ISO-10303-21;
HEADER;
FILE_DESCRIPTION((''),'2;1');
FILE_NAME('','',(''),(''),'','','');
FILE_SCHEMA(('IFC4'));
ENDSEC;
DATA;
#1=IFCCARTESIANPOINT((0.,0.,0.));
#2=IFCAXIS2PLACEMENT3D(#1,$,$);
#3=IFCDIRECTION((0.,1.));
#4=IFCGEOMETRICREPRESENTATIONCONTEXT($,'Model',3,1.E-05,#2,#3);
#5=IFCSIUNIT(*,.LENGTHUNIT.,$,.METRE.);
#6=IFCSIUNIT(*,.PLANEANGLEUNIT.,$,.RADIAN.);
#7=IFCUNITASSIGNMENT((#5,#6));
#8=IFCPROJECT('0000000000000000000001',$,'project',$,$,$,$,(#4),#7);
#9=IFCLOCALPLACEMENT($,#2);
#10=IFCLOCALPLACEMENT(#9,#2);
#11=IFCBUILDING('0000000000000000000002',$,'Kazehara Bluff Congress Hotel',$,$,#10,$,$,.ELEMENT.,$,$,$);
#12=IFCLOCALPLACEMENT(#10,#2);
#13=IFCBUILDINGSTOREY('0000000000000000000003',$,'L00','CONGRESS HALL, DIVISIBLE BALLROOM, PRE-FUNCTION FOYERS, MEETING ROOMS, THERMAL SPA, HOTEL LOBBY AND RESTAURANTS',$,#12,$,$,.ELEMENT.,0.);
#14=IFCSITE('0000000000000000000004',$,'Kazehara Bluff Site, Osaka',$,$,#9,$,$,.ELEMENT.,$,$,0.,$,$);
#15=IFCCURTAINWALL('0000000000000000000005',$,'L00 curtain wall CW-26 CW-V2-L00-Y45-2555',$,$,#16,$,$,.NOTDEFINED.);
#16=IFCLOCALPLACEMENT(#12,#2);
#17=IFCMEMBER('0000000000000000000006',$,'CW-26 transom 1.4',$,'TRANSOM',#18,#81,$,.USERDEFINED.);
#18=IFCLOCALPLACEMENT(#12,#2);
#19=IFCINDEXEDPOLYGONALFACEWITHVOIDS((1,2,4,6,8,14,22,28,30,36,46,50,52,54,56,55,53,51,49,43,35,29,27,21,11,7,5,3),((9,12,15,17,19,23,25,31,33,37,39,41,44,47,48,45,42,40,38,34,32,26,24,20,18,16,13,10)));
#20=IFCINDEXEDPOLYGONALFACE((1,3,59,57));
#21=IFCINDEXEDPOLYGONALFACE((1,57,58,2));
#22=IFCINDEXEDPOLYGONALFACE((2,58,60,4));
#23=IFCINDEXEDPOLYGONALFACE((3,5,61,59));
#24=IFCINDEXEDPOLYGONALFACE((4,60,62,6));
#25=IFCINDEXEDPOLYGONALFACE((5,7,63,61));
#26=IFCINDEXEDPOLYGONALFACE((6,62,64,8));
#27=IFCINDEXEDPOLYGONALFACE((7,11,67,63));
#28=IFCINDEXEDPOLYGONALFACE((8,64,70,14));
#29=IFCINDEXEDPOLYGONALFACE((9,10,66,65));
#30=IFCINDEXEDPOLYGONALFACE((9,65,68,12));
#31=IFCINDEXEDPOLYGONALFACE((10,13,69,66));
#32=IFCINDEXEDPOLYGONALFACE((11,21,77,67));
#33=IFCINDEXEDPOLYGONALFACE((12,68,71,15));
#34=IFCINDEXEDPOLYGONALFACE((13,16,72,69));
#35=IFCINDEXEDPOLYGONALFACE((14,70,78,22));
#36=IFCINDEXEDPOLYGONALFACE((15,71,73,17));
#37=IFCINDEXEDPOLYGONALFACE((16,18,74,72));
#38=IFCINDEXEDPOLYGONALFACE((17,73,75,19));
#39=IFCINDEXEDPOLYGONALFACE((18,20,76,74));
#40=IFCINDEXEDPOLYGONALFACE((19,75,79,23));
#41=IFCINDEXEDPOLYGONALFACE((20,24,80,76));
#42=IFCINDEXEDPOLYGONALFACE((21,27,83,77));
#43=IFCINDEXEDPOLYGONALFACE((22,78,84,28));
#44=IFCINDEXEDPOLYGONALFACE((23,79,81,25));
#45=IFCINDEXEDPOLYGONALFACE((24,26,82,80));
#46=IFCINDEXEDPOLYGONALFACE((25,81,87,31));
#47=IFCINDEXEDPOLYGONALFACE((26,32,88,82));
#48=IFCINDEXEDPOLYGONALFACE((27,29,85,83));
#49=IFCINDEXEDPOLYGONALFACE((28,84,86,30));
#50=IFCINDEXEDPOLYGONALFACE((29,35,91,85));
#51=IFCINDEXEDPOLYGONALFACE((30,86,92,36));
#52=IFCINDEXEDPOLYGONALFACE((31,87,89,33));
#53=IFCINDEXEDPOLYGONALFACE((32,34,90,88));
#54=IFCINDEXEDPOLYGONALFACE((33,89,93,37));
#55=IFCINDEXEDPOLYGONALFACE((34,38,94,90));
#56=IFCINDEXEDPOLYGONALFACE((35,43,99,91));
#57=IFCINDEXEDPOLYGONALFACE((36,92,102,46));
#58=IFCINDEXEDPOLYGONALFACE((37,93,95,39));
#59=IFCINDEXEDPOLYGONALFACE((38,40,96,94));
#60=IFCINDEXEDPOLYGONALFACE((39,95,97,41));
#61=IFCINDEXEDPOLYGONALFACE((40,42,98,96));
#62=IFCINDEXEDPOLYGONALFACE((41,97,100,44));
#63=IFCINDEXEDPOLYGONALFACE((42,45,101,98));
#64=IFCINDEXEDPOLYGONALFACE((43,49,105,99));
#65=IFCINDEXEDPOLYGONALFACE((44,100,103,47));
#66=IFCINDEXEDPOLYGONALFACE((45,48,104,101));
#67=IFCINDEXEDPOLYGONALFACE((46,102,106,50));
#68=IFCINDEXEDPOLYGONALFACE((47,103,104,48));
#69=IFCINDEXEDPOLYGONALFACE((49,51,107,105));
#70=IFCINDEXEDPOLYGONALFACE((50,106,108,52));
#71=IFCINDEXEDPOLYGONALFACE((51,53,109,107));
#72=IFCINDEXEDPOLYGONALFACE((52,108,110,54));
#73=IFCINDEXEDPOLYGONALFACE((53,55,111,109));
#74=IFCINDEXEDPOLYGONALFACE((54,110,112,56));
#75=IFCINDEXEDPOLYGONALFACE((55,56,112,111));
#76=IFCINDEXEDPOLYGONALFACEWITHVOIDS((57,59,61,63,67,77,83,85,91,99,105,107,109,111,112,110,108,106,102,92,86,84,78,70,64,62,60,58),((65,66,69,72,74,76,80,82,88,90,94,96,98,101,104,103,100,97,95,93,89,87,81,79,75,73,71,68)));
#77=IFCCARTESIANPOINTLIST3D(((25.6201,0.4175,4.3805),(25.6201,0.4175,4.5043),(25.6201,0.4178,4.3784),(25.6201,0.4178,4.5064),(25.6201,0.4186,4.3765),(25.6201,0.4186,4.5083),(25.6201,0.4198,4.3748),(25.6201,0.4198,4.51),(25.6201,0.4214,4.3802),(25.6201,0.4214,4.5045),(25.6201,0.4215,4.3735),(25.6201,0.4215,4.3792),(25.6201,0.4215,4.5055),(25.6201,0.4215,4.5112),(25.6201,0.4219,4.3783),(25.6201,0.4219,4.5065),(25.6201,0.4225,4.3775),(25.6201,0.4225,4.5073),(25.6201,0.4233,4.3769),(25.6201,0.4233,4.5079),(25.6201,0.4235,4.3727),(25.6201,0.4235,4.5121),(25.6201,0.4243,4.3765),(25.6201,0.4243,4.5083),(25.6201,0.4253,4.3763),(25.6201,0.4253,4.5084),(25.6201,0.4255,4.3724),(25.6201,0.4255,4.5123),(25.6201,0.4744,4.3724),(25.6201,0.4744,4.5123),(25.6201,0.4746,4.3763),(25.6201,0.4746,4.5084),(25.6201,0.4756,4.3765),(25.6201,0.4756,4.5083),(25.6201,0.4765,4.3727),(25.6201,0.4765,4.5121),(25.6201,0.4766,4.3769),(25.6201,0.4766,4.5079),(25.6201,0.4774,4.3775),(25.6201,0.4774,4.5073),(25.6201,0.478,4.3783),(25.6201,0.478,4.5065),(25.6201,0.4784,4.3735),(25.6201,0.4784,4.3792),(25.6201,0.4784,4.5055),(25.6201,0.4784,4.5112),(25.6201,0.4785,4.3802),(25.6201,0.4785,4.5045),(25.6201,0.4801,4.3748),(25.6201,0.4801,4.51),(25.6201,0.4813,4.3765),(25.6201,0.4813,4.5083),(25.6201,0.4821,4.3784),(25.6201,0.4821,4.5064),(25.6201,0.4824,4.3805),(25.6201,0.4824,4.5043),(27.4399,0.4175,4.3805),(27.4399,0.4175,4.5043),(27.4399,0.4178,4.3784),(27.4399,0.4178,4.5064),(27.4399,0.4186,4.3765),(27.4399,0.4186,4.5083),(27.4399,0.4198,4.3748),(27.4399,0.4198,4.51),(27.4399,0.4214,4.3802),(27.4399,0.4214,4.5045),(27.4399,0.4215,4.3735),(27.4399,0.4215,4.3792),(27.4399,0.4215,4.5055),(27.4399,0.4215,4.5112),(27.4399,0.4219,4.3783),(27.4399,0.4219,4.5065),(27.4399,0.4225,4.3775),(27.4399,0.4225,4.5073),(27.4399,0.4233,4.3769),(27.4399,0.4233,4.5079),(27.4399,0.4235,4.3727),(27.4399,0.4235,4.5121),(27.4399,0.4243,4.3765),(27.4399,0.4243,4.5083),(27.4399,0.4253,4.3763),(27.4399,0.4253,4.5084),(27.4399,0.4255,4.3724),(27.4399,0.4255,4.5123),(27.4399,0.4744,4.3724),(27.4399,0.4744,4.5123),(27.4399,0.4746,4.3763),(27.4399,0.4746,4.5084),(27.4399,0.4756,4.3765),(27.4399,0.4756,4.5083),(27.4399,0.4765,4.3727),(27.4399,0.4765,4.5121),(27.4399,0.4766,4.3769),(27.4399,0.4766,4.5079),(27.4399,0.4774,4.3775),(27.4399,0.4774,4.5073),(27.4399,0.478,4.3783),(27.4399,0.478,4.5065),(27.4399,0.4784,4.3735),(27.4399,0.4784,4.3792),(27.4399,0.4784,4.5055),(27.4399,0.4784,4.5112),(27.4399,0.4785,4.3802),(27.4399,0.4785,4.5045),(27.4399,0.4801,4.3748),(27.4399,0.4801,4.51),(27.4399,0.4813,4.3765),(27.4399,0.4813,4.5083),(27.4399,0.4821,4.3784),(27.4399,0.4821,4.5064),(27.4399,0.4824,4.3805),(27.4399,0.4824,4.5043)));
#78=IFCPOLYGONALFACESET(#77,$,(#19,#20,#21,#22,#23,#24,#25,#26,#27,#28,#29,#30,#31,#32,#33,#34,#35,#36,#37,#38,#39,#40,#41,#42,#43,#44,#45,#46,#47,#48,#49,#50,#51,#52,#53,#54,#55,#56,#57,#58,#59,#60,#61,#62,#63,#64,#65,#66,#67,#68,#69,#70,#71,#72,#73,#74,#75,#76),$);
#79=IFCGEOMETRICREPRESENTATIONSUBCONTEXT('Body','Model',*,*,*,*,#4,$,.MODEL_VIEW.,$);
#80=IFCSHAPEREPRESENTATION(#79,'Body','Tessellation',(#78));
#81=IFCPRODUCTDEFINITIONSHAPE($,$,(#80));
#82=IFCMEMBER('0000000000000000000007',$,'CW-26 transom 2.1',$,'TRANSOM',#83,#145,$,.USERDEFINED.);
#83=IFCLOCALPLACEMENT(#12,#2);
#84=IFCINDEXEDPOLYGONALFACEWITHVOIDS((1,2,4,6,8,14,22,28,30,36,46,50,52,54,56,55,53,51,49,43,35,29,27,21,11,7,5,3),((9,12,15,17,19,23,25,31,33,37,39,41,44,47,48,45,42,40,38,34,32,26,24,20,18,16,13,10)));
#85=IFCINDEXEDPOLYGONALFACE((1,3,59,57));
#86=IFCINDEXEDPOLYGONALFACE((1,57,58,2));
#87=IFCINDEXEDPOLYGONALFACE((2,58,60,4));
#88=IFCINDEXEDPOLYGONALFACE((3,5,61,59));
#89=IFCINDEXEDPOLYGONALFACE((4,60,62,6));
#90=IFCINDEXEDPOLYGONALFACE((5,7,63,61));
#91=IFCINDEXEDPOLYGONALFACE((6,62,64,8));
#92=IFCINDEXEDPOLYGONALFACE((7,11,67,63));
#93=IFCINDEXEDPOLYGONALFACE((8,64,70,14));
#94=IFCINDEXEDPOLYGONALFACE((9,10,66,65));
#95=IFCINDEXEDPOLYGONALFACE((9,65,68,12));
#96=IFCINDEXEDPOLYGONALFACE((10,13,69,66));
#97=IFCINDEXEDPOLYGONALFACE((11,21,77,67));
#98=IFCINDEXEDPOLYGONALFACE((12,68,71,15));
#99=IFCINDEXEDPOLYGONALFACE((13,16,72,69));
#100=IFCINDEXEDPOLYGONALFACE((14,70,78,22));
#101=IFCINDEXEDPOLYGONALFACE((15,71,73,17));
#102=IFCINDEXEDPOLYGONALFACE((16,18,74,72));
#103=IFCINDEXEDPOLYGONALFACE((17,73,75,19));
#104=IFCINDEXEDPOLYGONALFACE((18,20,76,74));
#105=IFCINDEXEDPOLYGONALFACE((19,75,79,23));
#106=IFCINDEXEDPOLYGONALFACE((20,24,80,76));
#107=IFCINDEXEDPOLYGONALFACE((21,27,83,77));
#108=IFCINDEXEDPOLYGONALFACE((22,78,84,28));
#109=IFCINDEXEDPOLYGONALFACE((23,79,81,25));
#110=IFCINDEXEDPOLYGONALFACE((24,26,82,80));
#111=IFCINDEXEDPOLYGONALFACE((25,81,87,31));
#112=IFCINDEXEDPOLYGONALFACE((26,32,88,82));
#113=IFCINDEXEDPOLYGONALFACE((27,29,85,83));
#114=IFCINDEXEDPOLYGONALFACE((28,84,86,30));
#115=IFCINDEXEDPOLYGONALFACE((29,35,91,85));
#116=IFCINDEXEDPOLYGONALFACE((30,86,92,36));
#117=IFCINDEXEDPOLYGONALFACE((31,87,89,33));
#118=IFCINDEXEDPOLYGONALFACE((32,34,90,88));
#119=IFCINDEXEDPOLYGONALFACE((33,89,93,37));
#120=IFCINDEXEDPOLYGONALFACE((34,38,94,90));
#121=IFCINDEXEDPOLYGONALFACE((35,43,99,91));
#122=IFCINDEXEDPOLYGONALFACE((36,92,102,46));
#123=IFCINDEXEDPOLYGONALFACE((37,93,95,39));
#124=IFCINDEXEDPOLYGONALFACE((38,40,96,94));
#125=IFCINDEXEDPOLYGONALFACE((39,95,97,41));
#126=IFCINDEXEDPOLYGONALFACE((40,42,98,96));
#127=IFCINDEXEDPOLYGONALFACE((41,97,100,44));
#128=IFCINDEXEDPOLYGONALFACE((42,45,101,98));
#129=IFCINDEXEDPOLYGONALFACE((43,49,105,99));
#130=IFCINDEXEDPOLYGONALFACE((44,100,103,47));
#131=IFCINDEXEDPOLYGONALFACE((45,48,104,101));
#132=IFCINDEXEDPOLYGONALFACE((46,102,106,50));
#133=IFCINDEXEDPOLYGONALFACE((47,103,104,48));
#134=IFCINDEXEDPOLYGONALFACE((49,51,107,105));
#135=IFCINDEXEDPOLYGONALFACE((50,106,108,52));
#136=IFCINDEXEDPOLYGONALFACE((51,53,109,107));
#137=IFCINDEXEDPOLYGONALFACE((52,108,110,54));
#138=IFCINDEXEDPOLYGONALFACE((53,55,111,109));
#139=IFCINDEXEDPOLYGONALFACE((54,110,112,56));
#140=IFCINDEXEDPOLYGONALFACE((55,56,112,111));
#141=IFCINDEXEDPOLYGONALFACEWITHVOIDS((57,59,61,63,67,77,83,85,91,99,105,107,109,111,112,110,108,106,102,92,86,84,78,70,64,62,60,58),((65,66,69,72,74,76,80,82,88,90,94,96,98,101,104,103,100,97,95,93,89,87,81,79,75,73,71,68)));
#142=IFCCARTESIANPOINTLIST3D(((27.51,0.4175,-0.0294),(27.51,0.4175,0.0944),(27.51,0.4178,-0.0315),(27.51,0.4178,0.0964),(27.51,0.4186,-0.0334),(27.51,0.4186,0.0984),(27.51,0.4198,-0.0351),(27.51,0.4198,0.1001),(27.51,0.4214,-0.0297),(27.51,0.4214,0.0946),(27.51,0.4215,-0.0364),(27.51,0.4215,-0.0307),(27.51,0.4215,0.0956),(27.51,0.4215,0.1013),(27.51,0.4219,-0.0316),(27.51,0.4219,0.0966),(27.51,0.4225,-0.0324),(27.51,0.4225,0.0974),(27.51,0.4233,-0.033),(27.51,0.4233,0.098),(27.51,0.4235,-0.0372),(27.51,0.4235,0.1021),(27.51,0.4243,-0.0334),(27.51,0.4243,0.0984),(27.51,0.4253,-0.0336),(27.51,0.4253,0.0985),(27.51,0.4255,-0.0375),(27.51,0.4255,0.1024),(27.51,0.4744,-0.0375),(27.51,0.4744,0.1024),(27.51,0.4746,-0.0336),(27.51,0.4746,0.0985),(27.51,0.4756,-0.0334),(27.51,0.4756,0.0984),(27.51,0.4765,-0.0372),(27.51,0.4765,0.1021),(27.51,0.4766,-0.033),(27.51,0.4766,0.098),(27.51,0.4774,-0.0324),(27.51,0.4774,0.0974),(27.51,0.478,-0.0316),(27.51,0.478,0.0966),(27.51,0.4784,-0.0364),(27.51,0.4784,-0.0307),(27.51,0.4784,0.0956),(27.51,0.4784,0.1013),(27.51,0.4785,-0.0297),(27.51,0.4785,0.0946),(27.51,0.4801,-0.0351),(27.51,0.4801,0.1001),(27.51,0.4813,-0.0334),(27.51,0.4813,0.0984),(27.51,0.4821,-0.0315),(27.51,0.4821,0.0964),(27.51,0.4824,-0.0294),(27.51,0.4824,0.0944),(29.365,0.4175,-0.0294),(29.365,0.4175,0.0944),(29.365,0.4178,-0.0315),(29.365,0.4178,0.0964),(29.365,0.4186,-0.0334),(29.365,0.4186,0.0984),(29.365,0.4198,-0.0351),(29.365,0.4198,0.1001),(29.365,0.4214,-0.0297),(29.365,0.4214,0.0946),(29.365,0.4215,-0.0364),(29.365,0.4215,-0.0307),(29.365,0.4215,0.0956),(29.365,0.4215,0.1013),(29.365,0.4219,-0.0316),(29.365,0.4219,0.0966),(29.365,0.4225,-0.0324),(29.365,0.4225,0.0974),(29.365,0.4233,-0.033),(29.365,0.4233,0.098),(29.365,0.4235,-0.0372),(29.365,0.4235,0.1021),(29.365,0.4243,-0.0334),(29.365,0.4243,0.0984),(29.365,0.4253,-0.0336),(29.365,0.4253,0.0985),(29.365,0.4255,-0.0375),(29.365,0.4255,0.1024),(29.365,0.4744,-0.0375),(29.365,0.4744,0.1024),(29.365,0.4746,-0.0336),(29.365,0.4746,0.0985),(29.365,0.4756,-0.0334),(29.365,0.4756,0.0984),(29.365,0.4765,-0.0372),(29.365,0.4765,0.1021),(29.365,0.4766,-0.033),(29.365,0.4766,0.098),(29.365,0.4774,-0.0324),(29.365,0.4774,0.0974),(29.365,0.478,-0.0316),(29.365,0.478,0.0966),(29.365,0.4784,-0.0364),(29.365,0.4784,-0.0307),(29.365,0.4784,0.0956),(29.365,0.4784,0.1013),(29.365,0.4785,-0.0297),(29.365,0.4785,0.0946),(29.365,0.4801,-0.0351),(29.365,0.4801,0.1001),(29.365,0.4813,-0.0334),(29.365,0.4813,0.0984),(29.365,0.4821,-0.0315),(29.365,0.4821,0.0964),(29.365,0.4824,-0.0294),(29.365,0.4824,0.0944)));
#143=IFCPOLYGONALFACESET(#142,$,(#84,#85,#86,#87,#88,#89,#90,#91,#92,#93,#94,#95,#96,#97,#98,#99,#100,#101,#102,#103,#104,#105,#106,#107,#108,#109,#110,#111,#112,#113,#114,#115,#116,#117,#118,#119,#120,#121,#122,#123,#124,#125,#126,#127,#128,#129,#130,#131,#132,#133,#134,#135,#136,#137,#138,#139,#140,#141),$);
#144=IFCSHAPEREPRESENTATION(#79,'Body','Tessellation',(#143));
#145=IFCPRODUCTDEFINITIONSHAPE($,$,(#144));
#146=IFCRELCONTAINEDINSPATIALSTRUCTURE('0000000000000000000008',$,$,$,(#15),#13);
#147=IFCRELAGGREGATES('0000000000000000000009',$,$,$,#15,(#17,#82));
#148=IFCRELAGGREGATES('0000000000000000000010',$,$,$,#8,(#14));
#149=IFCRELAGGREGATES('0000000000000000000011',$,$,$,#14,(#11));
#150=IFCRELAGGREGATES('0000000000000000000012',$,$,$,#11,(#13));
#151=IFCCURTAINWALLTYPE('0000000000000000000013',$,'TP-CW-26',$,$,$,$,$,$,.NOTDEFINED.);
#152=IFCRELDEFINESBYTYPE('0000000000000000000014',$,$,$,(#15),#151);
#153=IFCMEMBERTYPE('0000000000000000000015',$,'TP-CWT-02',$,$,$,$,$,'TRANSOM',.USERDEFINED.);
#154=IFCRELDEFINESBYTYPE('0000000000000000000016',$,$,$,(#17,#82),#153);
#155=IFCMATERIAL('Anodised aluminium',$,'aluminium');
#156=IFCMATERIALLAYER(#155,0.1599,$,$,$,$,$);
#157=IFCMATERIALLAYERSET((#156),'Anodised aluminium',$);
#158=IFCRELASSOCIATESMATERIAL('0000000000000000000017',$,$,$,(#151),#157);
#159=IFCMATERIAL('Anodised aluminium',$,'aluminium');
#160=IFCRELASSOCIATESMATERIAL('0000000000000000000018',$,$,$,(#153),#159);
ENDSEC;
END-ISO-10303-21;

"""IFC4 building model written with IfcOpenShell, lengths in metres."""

from ifc_helpers import new_model, si_unit, direction, frame, origin, origin_2d, place, context, subcontext, project, spatial, hollow_rectangle, extrude, material, layer, layer_set, material_profile, profile_set, type_object, element, aggregate, save


model = new_model("IFC4")

# Units and contexts
model_context = context("Model", 3, precision=1e-05, world=origin(), true_north=direction((0.0, 1.0)))
body_context = subcontext(model_context, "Body", "Model", "MODEL_VIEW")
ifc_project = project(units=[si_unit("LENGTHUNIT", "METRE"), si_unit("PLANEANGLEUNIT", "RADIAN")], contexts=[model_context])

# Site, building, storey
site_placement = place(None, origin())
site = spatial("IfcSite", under=ifc_project, at=site_placement, Name="Kazehara Bluff Site, Osaka", CompositionType="ELEMENT", RefElevation=0.0)
building_placement = place(site_placement, origin())
building = spatial("IfcBuilding", under=site, at=building_placement, Name="Kazehara Bluff Congress Hotel", CompositionType="ELEMENT")
storey_placement = place(building_placement, origin())
storey = spatial("IfcBuildingStorey", under=building, at=storey_placement, Name="L00", Description="CONGRESS HALL, DIVISIBLE BALLROOM, PRE-FUNCTION FOYERS, MEETING ROOMS, THERMAL SPA, HOTEL LOBBY AND RESTAURANTS", CompositionType="ELEMENT", Elevation=0.0)

# Curtain wall, members
ifc_material_1 = material(Name="Anodised aluminium", Category="aluminium")
ifc_layer_1 = layer(ifc_material_1, 0.1599)
ifc_layer_set_1 = layer_set([ifc_layer_1], Name="Anodised aluminium")
curtain_wall_type = type_object("IfcCurtainWallType", Name="TP-CW-26", PredefinedType="NOTDEFINED", material=ifc_layer_set_1)
curtain_wall_placement = place(storey_placement, origin())
curtain_wall = element("IfcCurtainWall", 1, at=curtain_wall_placement, inside=storey, type_object=curtain_wall_type, Name="L00 curtain wall CW-26 CW-V2-L00-Y45-2555", PredefinedType="NOTDEFINED")
ifc_material_2 = material(Name="Anodised aluminium", Category="aluminium")
ifc_material_profile_1 = material_profile(ifc_material_2, hollow_rectangle(XDim=0.0649, YDim=0.1399, WallThickness=0.0039, InnerFilletRadius=0.0039, OuterFilletRadius=0.0081, at=origin_2d()))
ifc_profile_set_1 = profile_set([ifc_material_profile_1], Name="Anodised aluminium")
member_type_1 = type_object("IfcMemberType", Name="TP-CWT-02", ElementType="TRANSOM", PredefinedType="USERDEFINED", material=ifc_profile_set_1)
member_1_placement = place(storey_placement, frame((25.6201, 0.45, 4.4424), z_axis=(1.0, 0.0, 0.0), x_axis=(0.0, 1.0, 0.0)))
member_1 = element("IfcMember", 2, at=member_1_placement, type_object=member_type_1, Name="CW-26 transom 1.4", ObjectType="TRANSOM", PredefinedType="USERDEFINED", context=body_context, shape_type="SweptSolid", body=[
    extrude(hollow_rectangle(XDim=0.0649, YDim=0.1399, WallThickness=0.0039, InnerFilletRadius=0.0039, OuterFilletRadius=0.0081, at=origin_2d()), origin(), (0.0, 0.0, 1.0), 1.8198),
])
member_2_placement = place(storey_placement, frame((27.51, 0.45, 0.0325), z_axis=(1.0, 0.0, 0.0), x_axis=(0.0, 1.0, 0.0)))
member_2 = element("IfcMember", 3, at=member_2_placement, type_object=member_type_1, Name="CW-26 transom 2.1", ObjectType="TRANSOM", PredefinedType="USERDEFINED", context=body_context, shape_type="SweptSolid", body=[
    extrude(hollow_rectangle(XDim=0.0649, YDim=0.1399, WallThickness=0.0039, InnerFilletRadius=0.0039, OuterFilletRadius=0.0081, at=origin_2d()), origin(), (0.0, 0.0, 1.0), 1.855),
])
aggregate(curtain_wall, [member_1, member_2])

save(model, "model.ifc")
